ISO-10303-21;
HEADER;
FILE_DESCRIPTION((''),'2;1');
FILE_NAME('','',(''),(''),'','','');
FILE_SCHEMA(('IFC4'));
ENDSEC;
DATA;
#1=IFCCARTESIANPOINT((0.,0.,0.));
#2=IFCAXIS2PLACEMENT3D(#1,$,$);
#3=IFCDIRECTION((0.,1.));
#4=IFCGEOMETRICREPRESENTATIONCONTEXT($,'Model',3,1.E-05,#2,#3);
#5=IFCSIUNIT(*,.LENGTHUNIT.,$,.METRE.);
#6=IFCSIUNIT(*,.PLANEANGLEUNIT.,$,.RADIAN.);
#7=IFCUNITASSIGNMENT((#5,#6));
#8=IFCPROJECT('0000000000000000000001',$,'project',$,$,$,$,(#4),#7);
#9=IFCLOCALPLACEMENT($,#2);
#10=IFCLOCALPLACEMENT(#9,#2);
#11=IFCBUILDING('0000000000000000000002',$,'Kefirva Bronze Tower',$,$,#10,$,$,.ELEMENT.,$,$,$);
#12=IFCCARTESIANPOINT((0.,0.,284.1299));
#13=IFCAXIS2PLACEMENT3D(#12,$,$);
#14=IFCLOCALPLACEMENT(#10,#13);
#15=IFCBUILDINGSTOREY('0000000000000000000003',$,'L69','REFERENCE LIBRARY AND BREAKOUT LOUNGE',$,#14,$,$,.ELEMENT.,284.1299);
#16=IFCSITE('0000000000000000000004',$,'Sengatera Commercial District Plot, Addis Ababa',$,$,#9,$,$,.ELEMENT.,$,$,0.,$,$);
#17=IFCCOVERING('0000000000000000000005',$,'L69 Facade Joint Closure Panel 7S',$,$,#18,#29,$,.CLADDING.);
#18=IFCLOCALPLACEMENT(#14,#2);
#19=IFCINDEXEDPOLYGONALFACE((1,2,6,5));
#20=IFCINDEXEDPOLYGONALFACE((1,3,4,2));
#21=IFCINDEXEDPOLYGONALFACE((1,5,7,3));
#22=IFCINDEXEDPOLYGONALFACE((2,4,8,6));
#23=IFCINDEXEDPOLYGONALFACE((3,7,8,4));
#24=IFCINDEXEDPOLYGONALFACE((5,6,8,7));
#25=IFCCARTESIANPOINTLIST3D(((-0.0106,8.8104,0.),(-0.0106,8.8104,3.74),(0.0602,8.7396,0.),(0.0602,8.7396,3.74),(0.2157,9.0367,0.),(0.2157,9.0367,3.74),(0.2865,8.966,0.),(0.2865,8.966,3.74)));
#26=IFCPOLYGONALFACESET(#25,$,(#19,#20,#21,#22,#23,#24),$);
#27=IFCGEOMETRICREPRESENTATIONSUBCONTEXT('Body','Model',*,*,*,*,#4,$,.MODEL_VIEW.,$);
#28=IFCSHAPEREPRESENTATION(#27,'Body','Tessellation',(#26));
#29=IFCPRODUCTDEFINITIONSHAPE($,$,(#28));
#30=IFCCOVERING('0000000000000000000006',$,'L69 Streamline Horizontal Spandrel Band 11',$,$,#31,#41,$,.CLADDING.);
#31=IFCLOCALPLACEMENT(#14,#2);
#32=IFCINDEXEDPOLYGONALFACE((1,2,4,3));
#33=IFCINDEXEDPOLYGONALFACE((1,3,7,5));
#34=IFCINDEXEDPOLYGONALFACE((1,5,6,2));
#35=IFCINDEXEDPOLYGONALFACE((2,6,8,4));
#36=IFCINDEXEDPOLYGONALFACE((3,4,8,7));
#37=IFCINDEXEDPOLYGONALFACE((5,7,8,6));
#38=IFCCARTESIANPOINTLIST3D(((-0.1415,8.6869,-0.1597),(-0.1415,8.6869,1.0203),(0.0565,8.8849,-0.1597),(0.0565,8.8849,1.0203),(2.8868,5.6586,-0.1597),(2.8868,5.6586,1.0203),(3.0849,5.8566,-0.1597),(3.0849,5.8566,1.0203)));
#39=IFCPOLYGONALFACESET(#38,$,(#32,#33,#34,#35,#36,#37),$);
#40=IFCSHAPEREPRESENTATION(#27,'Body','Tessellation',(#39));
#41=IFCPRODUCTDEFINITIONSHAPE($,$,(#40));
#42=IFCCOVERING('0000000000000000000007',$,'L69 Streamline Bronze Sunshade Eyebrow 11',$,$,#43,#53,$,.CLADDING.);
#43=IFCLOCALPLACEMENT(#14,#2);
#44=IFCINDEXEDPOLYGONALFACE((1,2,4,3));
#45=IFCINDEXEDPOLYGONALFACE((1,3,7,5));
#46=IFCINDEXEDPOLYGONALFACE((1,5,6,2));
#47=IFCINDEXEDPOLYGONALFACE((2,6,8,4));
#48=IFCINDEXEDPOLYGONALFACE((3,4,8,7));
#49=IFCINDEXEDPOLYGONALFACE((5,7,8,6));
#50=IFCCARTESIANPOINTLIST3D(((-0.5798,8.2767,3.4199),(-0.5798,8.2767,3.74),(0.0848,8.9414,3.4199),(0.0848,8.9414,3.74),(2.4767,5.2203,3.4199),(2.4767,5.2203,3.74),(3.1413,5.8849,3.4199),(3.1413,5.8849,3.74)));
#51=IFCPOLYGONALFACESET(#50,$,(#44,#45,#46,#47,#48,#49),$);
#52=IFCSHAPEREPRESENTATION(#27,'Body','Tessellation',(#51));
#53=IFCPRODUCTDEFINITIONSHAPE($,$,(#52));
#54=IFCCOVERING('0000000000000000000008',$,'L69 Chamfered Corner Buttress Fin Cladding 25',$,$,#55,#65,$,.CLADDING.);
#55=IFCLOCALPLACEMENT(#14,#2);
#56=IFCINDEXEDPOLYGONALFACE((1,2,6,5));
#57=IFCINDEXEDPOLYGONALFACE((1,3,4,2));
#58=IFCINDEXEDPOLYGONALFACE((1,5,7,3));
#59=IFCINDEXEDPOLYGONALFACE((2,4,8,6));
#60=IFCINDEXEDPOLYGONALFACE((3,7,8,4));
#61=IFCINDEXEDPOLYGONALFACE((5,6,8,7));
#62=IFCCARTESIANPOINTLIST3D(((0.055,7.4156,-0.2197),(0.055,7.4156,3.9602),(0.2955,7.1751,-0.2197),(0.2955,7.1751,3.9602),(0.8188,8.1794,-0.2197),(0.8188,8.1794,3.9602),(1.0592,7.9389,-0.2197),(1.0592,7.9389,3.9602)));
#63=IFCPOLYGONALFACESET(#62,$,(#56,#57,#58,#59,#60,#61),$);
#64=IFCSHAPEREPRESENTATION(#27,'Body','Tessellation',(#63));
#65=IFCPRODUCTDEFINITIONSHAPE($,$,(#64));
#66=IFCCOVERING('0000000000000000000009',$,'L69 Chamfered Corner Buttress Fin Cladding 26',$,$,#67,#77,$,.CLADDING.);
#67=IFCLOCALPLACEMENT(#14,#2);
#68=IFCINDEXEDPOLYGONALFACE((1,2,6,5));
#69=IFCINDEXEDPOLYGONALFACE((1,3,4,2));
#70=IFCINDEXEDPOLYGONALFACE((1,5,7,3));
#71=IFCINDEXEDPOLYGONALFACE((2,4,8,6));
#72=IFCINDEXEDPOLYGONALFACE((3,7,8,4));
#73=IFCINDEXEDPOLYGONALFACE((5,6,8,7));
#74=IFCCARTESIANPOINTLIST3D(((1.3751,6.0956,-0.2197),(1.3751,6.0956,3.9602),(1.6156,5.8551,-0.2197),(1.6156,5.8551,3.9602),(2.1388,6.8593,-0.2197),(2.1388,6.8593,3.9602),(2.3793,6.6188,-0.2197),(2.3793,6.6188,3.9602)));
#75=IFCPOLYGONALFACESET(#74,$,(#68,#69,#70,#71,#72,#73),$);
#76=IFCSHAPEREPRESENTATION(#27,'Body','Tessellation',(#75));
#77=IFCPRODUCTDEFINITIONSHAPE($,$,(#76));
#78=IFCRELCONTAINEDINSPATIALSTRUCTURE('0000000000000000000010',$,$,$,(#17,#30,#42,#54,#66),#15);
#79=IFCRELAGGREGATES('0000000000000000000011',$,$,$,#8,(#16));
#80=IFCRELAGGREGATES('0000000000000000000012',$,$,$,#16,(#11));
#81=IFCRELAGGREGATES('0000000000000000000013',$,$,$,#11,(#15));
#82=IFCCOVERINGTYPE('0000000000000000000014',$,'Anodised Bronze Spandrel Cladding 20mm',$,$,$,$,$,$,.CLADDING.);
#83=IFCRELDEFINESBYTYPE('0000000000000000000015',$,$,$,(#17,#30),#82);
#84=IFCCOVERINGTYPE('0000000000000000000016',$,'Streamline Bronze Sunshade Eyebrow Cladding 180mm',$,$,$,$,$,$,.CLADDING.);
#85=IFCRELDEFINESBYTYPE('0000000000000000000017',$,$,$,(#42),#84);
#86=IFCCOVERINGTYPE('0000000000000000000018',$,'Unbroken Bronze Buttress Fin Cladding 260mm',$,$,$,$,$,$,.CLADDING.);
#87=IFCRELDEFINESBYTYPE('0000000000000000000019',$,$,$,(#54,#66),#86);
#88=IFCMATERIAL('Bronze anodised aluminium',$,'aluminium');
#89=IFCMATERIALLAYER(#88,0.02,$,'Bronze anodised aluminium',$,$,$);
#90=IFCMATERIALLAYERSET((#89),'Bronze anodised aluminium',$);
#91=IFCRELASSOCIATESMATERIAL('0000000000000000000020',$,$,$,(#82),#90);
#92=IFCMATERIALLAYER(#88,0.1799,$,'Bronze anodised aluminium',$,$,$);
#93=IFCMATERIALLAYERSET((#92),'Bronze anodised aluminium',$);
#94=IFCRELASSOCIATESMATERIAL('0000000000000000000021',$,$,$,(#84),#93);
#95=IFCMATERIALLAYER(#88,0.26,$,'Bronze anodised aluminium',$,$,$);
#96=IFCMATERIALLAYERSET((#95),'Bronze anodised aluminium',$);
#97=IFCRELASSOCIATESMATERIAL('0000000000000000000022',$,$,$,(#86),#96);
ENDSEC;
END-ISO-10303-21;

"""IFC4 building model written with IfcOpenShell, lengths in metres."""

from ifc_helpers import new_model, si_unit, direction, frame, origin, origin_2d, place, context, subcontext, project, spatial, rectangle, extrude, material, layer, layer_set, type_object, element, save


model = new_model("IFC4")

# Units and contexts
model_context = context("Model", 3, precision=1e-05, world=origin(), true_north=direction((0.0, 1.0)))
body_context = subcontext(model_context, "Body", "Model", "MODEL_VIEW")
ifc_project = project(units=[si_unit("LENGTHUNIT", "METRE"), si_unit("PLANEANGLEUNIT", "RADIAN")], contexts=[model_context])

# Site, building, storey
site_placement = place(None, origin())
site = spatial("IfcSite", under=ifc_project, at=site_placement, Name="Sengatera Commercial District Plot, Addis Ababa", CompositionType="ELEMENT", RefElevation=0.0)
building_placement = place(site_placement, origin())
building = spatial("IfcBuilding", under=site, at=building_placement, Name="Kefirva Bronze Tower", CompositionType="ELEMENT")
storey_placement = place(building_placement, frame((0.0, 0.0, 284.1299)))
storey = spatial("IfcBuildingStorey", under=building, at=storey_placement, Name="L69", Description="REFERENCE LIBRARY AND BREAKOUT LOUNGE", CompositionType="ELEMENT", Elevation=284.1299)

# Shared definitions
ifc_material_1 = material(Name="Bronze anodised aluminium", Category="aluminium")

# Coverings
ifc_layer_1 = layer(ifc_material_1, 0.02, Name="Bronze anodised aluminium")
ifc_layer_set_1 = layer_set([ifc_layer_1], Name="Bronze anodised aluminium")
covering_type_1 = type_object("IfcCoveringType", Name="Anodised Bronze Spandrel Cladding 20mm", PredefinedType="CLADDING", material=ifc_layer_set_1)
covering_1_placement = place(storey_placement, frame((0.1379, 8.8882, 0.0), z_axis=(0.0, 0.0, 1.0), x_axis=(0.707107, -0.707107, 0.0)))
element("IfcCovering", 1, at=covering_1_placement, inside=storey, type_object=covering_type_1, Name="L69 Facade Joint Closure Panel 7S", PredefinedType="CLADDING", context=body_context, shape_type="SweptSolid", body=[
    extrude(rectangle(XDim=0.1001, YDim=0.3201, at=origin_2d()), origin(), (0.0, 0.0, 1.0), 3.74),
])
covering_2_placement = place(storey_placement, frame((1.4717, 7.2717, -0.1597), z_axis=(0.0, 0.0, 1.0), x_axis=(0.707107, -0.707107, 0.0)))
element("IfcCovering", 2, at=covering_2_placement, inside=storey, type_object=covering_type_1, Name="L69 Streamline Horizontal Spandrel Band 11", PredefinedType="CLADDING", context=body_context, shape_type="SweptSolid", body=[
    extrude(rectangle(XDim=4.2827, YDim=0.28, at=origin_2d()), origin(), (0.0, 0.0, 1.0), 1.1799),
])
ifc_layer_2 = layer(ifc_material_1, 0.1799, Name="Bronze anodised aluminium")
ifc_layer_set_2 = layer_set([ifc_layer_2], Name="Bronze anodised aluminium")
covering_type_2 = type_object("IfcCoveringType", Name="Streamline Bronze Sunshade Eyebrow Cladding 180mm", PredefinedType="CLADDING", material=ifc_layer_set_2)
covering_3_placement = place(storey_placement, frame((1.2808, 7.0808, 3.4199), z_axis=(0.0, 0.0, 1.0), x_axis=(0.707107, -0.707107, 0.0)))
element("IfcCovering", 3, at=covering_3_placement, inside=storey, type_object=covering_type_2, Name="L69 Streamline Bronze Sunshade Eyebrow 11", PredefinedType="CLADDING", context=body_context, shape_type="SweptSolid", body=[
    extrude(rectangle(XDim=4.3225, YDim=0.9399, at=origin_2d()), origin(), (0.0, 0.0, 1.0), 0.3201),
])
ifc_layer_3 = layer(ifc_material_1, 0.26, Name="Bronze anodised aluminium")
ifc_layer_set_3 = layer_set([ifc_layer_3], Name="Bronze anodised aluminium")
covering_type_3 = type_object("IfcCoveringType", Name="Unbroken Bronze Buttress Fin Cladding 260mm", PredefinedType="CLADDING", material=ifc_layer_set_3)
for number, where, z_axis, x_axis, name in (
    (4, (0.5571, 7.6772, -0.2197), (0.0, 0.0, 1.0), (0.707107, -0.707107, 0.0), "L69 Chamfered Corner Buttress Fin Cladding 25"),
    (5, (1.8772, 6.3572, -0.2197), (0.0, 0.0, 1.0), (0.707107, -0.707107, 0.0), "L69 Chamfered Corner Buttress Fin Cladding 26"),
):
    element("IfcCovering", number, at=place(storey_placement, frame(where, z_axis=z_axis, x_axis=x_axis)), inside=storey, type_object=covering_type_3, Name=name, PredefinedType="CLADDING", context=body_context, shape_type="SweptSolid", body=[
        extrude(rectangle(XDim=0.3401, YDim=1.0801, at=origin_2d()), origin(), (0.0, 0.0, 1.0), 4.1799),
    ])

save(model, "model.ifc")
